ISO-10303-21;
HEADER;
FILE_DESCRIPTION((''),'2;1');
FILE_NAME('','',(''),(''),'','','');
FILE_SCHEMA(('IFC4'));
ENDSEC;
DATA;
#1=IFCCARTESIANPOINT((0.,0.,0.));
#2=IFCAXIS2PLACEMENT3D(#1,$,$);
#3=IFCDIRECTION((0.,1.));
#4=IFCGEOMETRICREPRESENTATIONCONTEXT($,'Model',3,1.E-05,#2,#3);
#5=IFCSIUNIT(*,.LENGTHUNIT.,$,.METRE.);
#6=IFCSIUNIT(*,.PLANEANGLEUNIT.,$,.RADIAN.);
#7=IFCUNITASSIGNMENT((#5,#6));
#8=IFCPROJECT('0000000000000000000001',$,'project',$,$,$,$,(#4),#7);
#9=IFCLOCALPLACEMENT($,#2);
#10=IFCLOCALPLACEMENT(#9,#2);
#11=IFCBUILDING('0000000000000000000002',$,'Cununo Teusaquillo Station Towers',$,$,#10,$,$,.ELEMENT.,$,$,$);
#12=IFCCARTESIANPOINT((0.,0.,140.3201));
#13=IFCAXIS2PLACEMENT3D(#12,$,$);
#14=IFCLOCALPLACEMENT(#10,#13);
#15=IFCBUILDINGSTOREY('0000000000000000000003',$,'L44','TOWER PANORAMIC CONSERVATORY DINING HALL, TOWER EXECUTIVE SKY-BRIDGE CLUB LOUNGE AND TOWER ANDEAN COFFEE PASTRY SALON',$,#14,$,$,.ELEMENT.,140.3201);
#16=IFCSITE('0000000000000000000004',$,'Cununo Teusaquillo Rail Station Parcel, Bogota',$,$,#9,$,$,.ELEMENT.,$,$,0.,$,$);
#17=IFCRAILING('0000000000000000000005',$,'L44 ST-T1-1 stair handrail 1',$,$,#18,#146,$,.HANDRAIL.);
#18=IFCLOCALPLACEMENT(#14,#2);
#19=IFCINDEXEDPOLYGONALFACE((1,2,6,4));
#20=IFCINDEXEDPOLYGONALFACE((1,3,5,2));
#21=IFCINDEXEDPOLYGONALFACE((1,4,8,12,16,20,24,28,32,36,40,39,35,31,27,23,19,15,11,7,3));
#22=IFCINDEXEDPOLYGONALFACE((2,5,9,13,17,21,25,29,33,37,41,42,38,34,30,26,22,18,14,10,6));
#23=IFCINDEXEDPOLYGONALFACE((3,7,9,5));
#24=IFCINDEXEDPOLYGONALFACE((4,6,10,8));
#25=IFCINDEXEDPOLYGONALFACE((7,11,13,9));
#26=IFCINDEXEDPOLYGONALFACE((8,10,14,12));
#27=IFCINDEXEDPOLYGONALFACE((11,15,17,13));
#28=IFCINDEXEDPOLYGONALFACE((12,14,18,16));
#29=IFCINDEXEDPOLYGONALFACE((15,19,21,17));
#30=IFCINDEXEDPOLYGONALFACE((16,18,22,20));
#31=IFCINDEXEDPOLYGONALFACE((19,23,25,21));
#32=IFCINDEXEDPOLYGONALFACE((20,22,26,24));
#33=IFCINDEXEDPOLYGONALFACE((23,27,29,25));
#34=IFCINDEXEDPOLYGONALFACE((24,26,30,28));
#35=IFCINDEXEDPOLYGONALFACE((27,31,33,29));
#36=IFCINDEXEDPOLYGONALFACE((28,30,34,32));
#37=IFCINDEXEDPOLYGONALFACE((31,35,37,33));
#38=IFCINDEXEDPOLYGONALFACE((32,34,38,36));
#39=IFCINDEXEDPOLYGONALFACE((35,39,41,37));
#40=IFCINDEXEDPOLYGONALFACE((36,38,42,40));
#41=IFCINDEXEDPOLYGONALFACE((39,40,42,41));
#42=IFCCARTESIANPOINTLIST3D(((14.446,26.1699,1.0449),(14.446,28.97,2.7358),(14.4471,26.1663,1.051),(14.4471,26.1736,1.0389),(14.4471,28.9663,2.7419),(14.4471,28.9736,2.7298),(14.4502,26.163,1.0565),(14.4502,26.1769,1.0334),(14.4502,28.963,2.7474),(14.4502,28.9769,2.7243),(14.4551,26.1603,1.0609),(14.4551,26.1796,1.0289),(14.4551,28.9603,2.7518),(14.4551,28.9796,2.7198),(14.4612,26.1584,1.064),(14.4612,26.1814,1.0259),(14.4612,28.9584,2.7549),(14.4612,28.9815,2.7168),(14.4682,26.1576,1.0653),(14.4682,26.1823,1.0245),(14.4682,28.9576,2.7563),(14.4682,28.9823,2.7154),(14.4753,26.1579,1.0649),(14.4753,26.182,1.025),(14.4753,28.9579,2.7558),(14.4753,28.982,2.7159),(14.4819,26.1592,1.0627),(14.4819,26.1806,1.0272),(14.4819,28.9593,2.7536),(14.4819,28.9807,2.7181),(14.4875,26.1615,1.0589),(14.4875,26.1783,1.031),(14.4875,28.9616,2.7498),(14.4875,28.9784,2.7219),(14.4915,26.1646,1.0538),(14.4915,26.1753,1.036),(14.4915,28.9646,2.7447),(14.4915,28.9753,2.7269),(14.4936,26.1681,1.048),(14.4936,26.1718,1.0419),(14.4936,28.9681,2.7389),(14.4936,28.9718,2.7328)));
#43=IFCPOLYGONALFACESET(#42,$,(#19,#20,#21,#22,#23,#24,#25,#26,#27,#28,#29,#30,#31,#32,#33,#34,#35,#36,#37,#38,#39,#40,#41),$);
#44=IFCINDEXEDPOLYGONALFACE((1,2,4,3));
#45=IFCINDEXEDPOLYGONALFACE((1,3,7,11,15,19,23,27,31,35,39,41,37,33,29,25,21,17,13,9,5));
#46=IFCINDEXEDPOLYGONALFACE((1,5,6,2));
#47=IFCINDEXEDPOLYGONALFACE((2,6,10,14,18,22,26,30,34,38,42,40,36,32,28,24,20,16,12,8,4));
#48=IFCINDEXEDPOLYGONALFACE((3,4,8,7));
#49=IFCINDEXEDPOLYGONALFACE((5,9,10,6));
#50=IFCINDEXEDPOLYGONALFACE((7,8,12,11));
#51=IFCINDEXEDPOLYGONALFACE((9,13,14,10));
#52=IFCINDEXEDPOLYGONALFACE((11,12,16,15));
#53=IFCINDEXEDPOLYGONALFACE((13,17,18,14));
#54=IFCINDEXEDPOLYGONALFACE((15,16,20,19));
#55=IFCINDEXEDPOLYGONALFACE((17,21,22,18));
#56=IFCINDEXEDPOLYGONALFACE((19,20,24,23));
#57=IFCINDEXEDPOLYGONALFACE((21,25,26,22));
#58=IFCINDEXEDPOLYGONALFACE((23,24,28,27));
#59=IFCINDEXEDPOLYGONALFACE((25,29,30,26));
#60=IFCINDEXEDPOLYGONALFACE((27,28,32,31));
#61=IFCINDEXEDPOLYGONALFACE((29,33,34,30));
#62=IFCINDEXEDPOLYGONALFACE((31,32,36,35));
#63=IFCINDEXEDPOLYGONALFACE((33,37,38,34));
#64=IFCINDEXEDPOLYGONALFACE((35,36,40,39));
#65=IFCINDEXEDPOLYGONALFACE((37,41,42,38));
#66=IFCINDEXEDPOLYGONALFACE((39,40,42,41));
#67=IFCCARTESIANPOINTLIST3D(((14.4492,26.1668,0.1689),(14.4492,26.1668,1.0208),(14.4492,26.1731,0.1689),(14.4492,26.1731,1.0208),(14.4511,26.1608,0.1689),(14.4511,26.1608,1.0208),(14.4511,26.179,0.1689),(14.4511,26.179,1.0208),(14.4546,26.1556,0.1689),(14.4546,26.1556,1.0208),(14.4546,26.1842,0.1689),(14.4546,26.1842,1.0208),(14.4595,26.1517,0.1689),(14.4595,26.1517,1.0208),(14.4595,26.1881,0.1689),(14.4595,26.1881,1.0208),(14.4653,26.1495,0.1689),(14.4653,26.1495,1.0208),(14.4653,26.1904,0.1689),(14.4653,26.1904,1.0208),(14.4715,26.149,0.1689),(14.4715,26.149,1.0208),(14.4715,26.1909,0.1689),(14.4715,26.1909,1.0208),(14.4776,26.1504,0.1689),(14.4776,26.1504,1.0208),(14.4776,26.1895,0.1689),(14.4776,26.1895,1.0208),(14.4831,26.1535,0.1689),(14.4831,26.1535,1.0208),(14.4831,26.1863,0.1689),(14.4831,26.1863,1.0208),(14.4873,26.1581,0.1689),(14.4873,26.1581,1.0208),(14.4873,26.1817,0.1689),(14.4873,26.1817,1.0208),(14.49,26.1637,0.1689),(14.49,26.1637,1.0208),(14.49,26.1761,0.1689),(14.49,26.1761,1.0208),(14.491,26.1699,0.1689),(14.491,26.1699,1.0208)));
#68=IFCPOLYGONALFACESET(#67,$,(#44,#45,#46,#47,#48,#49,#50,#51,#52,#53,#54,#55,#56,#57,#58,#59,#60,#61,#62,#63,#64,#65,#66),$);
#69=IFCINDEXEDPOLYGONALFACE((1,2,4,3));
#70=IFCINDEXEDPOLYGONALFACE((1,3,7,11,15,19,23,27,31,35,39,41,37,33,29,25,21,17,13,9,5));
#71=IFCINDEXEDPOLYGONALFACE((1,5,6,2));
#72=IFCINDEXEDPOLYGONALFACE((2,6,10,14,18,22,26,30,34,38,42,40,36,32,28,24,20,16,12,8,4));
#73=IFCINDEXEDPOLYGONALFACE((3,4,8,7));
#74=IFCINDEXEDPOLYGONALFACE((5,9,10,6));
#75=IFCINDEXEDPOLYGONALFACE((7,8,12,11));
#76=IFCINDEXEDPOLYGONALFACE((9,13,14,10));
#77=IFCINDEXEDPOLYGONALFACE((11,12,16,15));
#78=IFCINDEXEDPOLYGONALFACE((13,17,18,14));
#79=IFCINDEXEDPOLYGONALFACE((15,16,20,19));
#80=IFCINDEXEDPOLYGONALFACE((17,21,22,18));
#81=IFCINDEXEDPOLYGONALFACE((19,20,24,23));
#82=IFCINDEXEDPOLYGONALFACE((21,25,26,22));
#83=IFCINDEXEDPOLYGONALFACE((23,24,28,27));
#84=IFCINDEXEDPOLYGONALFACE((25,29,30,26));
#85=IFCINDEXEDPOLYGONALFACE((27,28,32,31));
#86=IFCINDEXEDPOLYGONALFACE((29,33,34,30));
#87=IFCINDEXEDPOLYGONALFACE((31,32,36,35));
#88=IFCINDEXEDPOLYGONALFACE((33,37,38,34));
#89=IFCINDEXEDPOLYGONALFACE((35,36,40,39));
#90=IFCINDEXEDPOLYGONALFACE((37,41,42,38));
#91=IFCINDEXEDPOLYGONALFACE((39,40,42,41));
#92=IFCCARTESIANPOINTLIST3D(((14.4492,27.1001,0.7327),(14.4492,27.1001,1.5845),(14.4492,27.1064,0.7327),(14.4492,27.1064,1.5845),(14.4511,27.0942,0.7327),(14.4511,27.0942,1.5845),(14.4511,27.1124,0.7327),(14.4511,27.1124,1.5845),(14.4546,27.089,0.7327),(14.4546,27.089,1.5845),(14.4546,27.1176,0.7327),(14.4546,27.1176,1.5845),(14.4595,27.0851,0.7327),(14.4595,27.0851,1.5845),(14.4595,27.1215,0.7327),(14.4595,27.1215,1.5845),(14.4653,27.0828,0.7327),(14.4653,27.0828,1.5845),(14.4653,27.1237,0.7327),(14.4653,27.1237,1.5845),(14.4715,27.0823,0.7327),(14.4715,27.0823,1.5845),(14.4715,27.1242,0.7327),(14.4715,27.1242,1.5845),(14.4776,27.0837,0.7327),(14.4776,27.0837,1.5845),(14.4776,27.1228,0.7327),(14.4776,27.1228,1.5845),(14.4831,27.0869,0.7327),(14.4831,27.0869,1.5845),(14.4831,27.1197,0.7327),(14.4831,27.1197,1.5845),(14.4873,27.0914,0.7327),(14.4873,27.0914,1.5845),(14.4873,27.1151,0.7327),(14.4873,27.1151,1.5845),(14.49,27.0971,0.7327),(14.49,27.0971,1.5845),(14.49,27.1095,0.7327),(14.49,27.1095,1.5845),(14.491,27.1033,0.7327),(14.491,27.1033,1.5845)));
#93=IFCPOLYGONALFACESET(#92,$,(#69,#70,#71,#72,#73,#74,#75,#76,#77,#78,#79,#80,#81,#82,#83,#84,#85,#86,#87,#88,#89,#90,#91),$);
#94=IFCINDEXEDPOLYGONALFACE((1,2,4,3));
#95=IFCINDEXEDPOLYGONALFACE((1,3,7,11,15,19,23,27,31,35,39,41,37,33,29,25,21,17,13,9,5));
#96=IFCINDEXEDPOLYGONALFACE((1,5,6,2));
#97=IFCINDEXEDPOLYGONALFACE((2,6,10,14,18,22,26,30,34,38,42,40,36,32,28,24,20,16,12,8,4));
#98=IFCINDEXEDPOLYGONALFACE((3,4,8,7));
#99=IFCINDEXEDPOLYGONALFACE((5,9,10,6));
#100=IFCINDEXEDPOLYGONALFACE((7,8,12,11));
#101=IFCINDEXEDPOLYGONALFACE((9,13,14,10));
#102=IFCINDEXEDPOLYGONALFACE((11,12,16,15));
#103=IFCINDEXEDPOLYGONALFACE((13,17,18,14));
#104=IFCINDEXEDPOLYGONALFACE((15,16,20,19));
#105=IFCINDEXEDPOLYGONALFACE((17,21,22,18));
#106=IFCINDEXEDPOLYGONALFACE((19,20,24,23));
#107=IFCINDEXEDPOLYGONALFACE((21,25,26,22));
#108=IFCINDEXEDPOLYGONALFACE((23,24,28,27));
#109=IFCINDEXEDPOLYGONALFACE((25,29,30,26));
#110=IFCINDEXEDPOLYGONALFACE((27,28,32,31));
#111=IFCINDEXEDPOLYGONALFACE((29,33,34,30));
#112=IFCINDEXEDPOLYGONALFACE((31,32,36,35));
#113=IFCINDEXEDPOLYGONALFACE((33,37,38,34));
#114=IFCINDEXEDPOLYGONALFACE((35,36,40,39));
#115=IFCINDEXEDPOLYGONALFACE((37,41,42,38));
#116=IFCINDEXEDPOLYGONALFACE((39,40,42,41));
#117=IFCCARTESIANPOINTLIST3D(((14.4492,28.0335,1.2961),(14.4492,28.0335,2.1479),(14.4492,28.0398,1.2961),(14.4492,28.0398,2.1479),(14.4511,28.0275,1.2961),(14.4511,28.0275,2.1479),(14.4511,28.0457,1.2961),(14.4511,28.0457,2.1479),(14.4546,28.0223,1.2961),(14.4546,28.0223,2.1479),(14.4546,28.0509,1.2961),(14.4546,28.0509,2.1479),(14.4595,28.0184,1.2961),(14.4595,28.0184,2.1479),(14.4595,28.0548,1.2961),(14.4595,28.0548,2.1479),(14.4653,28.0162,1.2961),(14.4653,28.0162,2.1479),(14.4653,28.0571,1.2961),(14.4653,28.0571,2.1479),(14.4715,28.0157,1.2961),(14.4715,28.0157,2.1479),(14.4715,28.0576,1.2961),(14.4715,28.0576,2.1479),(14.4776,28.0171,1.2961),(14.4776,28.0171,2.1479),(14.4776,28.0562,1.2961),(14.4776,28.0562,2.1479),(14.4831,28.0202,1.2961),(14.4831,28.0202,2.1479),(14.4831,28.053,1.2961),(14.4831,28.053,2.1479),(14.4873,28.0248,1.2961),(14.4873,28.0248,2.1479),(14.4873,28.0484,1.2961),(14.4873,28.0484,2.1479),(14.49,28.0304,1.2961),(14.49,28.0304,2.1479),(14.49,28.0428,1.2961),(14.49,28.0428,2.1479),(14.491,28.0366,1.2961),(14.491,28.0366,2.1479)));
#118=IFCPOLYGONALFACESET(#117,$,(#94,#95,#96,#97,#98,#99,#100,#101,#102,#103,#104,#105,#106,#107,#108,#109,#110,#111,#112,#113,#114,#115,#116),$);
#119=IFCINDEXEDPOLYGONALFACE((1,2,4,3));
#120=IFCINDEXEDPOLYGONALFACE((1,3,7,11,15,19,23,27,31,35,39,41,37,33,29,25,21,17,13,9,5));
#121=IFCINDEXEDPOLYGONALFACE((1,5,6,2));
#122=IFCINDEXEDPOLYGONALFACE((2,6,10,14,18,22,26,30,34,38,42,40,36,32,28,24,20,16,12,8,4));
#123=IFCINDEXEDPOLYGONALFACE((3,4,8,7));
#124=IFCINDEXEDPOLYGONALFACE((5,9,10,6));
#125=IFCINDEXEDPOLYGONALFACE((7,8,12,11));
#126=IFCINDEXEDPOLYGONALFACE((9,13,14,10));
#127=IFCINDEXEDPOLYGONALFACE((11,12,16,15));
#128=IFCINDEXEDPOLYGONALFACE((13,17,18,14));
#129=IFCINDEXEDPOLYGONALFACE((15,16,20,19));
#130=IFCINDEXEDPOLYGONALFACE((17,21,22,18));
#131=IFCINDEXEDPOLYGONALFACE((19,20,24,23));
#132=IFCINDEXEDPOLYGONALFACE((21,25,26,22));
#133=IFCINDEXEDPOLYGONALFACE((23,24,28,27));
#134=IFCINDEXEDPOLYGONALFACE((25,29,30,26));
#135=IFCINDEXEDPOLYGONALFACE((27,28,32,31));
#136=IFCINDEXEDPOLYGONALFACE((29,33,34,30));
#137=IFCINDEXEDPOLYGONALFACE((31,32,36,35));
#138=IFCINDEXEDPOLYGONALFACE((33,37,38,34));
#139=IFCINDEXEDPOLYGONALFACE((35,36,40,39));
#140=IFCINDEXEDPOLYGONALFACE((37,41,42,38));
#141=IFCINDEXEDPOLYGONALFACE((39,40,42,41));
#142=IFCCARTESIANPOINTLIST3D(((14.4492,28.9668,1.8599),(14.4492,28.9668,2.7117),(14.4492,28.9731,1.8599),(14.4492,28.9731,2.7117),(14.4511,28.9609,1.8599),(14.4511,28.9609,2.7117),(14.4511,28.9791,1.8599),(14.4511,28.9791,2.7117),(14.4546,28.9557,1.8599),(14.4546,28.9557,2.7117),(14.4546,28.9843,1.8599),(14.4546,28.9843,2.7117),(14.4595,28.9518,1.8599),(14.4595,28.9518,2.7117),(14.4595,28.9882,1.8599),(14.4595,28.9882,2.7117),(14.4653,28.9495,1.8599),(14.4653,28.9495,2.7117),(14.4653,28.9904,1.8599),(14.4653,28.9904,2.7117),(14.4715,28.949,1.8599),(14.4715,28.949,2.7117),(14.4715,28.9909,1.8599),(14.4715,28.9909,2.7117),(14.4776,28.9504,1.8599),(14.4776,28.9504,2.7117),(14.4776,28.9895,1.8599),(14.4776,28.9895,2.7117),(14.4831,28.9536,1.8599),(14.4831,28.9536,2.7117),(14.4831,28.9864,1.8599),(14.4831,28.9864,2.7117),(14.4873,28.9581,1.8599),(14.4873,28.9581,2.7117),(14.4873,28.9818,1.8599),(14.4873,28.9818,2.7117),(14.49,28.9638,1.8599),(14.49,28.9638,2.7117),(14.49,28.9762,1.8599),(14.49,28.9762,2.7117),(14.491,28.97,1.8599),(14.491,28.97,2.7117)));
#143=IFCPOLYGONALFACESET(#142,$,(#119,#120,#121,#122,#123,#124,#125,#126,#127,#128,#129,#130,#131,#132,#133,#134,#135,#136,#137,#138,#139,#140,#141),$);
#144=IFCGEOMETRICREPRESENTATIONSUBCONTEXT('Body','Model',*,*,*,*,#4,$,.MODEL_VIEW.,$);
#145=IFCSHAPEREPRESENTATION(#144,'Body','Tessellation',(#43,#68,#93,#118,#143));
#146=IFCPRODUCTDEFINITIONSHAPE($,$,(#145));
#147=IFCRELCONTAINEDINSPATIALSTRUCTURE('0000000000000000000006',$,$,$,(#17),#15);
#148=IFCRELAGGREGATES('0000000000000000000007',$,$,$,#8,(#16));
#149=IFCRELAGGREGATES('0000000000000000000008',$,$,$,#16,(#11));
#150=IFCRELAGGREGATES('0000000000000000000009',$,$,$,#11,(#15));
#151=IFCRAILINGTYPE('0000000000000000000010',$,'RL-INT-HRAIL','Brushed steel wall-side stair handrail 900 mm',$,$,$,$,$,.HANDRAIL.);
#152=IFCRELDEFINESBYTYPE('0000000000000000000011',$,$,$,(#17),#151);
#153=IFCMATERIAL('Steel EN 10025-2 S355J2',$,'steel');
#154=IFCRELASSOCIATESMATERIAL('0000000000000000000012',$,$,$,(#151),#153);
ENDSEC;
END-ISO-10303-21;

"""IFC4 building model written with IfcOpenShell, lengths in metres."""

from ifc_helpers import new_model, si_unit, direction, frame, origin, origin_2d, place, context, subcontext, project, spatial, circle, extrude, material, type_object, element, save


model = new_model("IFC4")

# Units and contexts
model_context = context("Model", 3, precision=1e-05, world=origin(), true_north=direction((0.0, 1.0)))
body_context = subcontext(model_context, "Body", "Model", "MODEL_VIEW")
ifc_project = project(units=[si_unit("LENGTHUNIT", "METRE"), si_unit("PLANEANGLEUNIT", "RADIAN")], contexts=[model_context])

# Site, building, storey
site_placement = place(None, origin())
site = spatial("IfcSite", under=ifc_project, at=site_placement, Name="Cununo Teusaquillo Rail Station Parcel, Bogota", CompositionType="ELEMENT", RefElevation=0.0)
building_placement = place(site_placement, origin())
building = spatial("IfcBuilding", under=site, at=building_placement, Name="Cununo Teusaquillo Station Towers", CompositionType="ELEMENT")
storey_placement = place(building_placement, frame((0.0, 0.0, 140.3201)))
storey = spatial("IfcBuildingStorey", under=building, at=storey_placement, Name="L44", Description="TOWER PANORAMIC CONSERVATORY DINING HALL, TOWER EXECUTIVE SKY-BRIDGE CLUB LOUNGE AND TOWER ANDEAN COFFEE PASTRY SALON", CompositionType="ELEMENT", Elevation=140.3201)

# Railing
ifc_material_1 = material(Name="Steel EN 10025-2 S355J2", Category="steel")
railing_type_1 = type_object("IfcRailingType", Name="RL-INT-HRAIL", Description="Brushed steel wall-side stair handrail 900 mm", PredefinedType="HANDRAIL", material=ifc_material_1)
railing_1_placement = place(storey_placement, frame((14.47, 26.1699, 0.1689)))
element("IfcRailing", 1, at=railing_1_placement, inside=storey, type_object=railing_type_1, Name="L44 ST-T1-1 stair handrail 1", PredefinedType="HANDRAIL", context=body_context, shape_type="SweptSolid", body=[
    extrude(circle(Radius=0.0239, at=origin_2d()), frame((0.0, 0.0, 0.876), z_axis=(0.0, 0.856021, 0.516941), x_axis=(-1.0, 0.0, 0.0)), (0.0, 0.0, 1.0), 3.271),
    extrude(circle(Radius=0.021, at=origin_2d()), origin(), (0.0, 0.0, 1.0), 0.8518),
    extrude(circle(Radius=0.021, at=origin_2d()), frame((0.0, 0.9333, 0.5637)), (0.0, 0.0, 1.0), 0.8518),
    extrude(circle(Radius=0.021, at=origin_2d()), frame((0.0, 1.8667, 1.1272)), (0.0, 0.0, 1.0), 0.8518),
    extrude(circle(Radius=0.021, at=origin_2d()), frame((0.0, 2.8, 1.6909)), (0.0, 0.0, 1.0), 0.8518),
])

save(model, "model.ifc")
